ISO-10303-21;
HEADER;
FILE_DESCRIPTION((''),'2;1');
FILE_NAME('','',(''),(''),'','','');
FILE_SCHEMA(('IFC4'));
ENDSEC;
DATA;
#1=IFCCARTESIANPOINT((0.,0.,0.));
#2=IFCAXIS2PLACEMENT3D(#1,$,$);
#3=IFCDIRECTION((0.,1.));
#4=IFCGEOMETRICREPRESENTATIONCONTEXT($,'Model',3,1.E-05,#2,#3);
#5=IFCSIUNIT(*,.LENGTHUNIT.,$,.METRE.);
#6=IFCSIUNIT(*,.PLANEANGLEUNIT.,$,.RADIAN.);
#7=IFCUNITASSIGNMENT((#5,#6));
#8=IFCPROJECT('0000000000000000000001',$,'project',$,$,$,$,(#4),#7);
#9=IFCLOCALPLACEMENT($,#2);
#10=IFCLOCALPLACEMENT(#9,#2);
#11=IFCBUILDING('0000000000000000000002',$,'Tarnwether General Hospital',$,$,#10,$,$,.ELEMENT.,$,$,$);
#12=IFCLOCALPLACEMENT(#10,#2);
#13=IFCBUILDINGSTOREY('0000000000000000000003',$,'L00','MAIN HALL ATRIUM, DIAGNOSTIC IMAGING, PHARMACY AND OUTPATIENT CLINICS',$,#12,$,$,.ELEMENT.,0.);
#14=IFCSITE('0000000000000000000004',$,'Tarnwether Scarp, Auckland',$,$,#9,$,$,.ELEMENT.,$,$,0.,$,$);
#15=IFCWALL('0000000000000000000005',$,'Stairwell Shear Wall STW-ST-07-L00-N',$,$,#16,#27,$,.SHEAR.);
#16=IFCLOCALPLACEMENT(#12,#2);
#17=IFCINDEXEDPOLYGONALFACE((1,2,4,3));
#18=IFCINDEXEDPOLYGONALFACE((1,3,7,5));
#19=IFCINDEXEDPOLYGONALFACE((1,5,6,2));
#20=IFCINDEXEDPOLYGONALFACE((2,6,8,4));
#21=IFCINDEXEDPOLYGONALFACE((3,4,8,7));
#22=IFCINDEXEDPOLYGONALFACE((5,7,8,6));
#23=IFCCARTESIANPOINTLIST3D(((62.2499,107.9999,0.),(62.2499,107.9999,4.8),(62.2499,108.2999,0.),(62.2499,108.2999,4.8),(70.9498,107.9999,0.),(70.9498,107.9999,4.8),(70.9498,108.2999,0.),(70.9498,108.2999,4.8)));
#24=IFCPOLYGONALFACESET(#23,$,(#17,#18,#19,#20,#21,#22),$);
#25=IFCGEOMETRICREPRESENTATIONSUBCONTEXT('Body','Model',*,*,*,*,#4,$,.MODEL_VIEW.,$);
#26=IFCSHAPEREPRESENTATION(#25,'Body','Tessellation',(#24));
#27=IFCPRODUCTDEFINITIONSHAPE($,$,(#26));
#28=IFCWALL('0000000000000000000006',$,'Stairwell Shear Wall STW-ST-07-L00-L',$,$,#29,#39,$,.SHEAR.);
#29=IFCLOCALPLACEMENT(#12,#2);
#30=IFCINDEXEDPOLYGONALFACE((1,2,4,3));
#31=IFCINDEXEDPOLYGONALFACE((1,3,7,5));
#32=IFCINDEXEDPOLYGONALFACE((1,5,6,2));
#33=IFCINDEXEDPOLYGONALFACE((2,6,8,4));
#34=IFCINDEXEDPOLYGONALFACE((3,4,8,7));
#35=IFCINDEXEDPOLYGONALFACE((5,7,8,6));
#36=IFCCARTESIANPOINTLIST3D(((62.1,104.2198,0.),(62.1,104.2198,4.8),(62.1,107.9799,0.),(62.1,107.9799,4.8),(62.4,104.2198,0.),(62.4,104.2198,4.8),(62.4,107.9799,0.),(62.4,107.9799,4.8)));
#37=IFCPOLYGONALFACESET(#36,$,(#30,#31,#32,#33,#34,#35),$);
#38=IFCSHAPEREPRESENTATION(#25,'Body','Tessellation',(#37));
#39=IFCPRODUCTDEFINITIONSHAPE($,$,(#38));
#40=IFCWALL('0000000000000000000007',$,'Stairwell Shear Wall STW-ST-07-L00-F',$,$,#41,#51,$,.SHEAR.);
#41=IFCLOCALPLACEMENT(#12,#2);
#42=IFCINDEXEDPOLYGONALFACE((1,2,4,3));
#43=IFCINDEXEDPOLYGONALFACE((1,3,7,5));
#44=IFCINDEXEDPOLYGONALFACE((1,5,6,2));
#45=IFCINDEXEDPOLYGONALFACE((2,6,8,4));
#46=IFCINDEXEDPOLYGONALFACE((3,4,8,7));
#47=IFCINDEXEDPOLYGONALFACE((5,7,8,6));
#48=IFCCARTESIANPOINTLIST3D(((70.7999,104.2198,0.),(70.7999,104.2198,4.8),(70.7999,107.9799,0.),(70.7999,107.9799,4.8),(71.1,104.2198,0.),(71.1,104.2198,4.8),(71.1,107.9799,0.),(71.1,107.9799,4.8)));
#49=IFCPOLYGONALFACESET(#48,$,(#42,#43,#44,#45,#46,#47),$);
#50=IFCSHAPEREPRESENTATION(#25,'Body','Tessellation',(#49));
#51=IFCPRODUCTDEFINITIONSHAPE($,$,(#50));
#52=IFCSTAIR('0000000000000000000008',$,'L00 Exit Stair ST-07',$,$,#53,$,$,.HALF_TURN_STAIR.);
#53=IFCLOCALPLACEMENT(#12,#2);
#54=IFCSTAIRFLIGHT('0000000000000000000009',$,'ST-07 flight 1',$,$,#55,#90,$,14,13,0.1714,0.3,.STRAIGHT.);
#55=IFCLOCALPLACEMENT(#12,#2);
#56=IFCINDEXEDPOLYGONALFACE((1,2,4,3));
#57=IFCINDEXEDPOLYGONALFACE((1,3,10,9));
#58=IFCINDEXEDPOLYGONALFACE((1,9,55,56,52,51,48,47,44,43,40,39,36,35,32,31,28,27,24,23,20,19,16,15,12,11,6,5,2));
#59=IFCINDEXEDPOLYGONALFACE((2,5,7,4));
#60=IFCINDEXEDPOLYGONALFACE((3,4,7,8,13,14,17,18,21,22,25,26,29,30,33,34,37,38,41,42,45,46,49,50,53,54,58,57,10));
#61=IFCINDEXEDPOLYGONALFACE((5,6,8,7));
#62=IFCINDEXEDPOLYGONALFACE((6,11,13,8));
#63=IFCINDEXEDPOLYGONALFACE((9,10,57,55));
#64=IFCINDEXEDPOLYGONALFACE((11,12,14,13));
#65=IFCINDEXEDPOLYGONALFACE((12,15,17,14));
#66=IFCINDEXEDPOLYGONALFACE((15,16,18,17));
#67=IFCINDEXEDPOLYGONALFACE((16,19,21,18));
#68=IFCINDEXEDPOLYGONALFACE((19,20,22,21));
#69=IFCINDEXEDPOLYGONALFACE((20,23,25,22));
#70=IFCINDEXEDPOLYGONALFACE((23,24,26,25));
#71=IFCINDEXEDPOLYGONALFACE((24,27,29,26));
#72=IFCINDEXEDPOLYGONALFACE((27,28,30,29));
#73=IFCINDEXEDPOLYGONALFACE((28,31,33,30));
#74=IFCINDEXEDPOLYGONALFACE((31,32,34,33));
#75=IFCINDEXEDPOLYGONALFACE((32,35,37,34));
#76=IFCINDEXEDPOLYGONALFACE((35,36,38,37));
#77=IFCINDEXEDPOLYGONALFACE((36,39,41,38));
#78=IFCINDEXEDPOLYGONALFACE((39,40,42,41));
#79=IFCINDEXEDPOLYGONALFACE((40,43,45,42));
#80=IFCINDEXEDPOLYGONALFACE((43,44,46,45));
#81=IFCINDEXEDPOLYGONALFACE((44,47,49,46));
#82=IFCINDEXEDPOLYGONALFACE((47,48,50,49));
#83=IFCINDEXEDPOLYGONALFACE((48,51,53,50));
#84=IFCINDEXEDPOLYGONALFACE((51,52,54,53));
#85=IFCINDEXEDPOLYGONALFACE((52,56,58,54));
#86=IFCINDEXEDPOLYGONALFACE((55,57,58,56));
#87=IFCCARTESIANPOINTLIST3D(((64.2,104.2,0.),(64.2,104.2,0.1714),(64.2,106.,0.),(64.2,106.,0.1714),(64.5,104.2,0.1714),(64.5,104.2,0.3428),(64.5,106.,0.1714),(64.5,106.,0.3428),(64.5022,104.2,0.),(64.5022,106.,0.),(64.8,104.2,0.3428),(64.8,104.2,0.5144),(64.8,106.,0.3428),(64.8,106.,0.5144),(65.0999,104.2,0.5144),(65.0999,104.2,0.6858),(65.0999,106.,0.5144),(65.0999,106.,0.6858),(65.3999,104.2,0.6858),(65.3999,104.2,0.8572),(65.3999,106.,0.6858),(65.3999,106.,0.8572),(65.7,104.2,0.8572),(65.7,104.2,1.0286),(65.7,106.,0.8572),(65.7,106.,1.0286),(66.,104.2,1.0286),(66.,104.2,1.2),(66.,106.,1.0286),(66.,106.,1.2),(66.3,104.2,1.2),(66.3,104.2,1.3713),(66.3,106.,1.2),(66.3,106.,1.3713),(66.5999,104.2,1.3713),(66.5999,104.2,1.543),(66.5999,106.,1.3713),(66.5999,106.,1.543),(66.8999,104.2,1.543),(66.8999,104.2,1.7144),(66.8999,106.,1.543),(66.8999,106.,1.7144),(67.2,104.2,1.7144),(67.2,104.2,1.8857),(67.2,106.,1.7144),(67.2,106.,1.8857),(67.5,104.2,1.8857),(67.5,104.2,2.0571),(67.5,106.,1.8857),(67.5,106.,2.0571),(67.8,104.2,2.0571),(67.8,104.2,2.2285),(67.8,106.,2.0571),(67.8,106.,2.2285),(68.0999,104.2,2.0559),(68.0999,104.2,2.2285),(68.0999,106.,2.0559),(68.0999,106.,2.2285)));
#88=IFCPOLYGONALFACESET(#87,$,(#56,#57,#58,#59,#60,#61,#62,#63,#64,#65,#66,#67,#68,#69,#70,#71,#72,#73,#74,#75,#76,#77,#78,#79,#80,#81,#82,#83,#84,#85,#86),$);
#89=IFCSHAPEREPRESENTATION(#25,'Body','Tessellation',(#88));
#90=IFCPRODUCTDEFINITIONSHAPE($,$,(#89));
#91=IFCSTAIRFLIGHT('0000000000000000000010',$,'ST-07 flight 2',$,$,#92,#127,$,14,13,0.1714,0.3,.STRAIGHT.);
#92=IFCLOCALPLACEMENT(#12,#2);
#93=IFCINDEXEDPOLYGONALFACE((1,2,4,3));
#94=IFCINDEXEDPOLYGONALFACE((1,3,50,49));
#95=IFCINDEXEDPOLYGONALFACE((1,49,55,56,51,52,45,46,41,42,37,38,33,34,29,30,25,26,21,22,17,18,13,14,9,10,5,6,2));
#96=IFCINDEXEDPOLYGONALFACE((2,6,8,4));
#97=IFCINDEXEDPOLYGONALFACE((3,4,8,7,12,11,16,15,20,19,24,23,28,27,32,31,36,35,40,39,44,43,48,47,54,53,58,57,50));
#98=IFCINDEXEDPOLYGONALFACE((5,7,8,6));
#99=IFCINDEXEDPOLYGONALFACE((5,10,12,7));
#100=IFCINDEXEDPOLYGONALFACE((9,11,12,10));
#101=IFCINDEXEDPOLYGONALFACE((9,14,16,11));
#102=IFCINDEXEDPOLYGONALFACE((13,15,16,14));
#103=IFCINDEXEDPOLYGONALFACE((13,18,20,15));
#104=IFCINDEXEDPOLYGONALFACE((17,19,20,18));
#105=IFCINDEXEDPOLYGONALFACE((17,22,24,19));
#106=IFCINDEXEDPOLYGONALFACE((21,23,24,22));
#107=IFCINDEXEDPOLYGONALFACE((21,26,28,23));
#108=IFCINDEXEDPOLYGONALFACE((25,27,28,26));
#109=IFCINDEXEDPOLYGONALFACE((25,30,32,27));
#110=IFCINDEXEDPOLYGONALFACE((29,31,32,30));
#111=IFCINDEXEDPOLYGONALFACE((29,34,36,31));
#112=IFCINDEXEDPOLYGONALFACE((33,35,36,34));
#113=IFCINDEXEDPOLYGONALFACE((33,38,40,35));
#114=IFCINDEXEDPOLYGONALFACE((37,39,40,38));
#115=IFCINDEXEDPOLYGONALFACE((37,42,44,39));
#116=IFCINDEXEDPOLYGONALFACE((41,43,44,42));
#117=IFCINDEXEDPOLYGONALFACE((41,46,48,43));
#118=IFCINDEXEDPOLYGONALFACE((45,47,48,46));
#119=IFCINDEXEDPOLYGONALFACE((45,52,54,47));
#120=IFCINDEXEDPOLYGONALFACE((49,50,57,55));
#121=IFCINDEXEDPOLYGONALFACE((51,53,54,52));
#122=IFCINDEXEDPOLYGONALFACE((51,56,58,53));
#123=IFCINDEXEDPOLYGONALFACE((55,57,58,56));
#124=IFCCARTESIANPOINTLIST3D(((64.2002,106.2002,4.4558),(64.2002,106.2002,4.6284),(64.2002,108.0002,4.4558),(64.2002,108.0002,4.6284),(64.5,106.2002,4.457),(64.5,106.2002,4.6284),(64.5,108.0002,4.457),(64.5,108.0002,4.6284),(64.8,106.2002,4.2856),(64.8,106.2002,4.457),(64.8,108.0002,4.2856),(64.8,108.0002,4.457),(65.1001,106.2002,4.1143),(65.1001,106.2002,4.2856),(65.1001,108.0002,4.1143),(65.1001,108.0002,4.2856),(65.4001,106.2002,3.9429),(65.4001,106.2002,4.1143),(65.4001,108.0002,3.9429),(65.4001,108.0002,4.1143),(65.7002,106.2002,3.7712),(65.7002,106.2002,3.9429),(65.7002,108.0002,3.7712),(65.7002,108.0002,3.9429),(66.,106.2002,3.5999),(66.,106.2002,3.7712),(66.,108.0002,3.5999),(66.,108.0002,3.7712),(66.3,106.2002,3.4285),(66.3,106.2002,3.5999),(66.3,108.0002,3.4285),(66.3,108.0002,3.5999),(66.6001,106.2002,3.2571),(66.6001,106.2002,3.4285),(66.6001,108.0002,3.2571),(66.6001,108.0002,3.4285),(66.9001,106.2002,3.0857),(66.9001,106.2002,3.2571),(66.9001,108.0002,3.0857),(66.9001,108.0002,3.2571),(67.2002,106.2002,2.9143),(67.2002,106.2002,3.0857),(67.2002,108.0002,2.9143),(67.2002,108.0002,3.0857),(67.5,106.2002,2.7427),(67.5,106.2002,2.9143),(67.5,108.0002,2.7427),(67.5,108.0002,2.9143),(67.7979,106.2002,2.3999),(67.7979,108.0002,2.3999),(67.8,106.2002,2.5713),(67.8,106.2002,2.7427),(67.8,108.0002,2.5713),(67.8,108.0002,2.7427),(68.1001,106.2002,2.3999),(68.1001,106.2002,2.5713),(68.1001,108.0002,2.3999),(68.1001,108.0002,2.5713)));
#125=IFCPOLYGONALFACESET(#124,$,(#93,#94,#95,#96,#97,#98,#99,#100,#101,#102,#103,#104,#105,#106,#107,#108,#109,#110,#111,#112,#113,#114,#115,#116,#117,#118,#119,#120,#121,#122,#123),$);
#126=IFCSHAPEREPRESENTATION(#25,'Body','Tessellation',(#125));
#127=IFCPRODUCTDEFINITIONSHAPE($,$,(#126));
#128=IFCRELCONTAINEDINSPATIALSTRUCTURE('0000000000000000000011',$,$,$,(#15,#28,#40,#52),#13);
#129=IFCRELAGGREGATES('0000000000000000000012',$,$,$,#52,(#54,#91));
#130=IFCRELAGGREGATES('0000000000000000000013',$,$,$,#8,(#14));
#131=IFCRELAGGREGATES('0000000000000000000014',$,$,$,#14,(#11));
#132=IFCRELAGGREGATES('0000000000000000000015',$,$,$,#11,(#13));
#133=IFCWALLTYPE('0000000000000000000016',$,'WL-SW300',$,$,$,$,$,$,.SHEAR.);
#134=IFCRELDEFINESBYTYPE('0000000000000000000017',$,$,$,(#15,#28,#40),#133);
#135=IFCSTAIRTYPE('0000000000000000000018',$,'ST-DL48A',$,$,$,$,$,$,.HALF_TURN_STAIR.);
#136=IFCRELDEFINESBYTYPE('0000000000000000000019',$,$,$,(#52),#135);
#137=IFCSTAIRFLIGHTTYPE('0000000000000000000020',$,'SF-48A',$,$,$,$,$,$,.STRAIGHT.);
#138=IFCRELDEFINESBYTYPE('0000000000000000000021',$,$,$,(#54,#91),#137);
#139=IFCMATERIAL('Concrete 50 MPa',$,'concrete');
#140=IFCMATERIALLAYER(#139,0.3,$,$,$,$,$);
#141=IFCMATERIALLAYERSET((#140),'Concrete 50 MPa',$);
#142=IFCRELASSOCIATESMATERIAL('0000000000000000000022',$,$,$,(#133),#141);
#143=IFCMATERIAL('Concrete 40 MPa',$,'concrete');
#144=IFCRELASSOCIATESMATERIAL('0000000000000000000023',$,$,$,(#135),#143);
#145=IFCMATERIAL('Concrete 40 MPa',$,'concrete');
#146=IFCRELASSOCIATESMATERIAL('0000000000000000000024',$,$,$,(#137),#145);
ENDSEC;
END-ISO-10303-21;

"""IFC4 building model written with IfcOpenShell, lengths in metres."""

from ifc_helpers import new_model, si_unit, direction, frame, frame_2d, origin, place, context, subcontext, project, spatial, polyline, rectangle, outline, extrude, material, layer, layer_set, type_object, element, aggregate, save


model = new_model("IFC4")

# Units and contexts
model_context = context("Model", 3, precision=1e-05, world=origin(), true_north=direction((0.0, 1.0)))
body_context = subcontext(model_context, "Body", "Model", "MODEL_VIEW")
ifc_project = project(units=[si_unit("LENGTHUNIT", "METRE"), si_unit("PLANEANGLEUNIT", "RADIAN")], contexts=[model_context])

# Site, building, storey
site_placement = place(None, origin())
site = spatial("IfcSite", under=ifc_project, at=site_placement, Name="Tarnwether Scarp, Auckland", CompositionType="ELEMENT", RefElevation=0.0)
building_placement = place(site_placement, origin())
building = spatial("IfcBuilding", under=site, at=building_placement, Name="Tarnwether General Hospital", CompositionType="ELEMENT")
storey_placement = place(building_placement, origin())
storey = spatial("IfcBuildingStorey", under=building, at=storey_placement, Name="L00", Description="MAIN HALL ATRIUM, DIAGNOSTIC IMAGING, PHARMACY AND OUTPATIENT CLINICS", CompositionType="ELEMENT", Elevation=0.0)

# Shared definitions
ifc_material_1 = material(Name="Concrete 50 MPa", Category="concrete")
ifc_layer_1 = layer(ifc_material_1, 0.3)
ifc_layer_set_1 = layer_set([ifc_layer_1], Name="Concrete 50 MPa")
wall_type_1 = type_object("IfcWallType", Name="WL-SW300", PredefinedType="SHEAR", material=ifc_layer_set_1)

# Walls
wall_1_placement = place(storey_placement, frame((70.95, 108.1499, 0.0), z_axis=(0.0, 0.0, 1.0), x_axis=(-1.0, 0.0, 0.0)))
element("IfcWall", 1, at=wall_1_placement, inside=storey, type_object=wall_type_1, Name="Stairwell Shear Wall STW-ST-07-L00-N", PredefinedType="SHEAR", context=body_context, shape_type="SweptSolid", body=[
    extrude(rectangle(XDim=8.7, YDim=0.3, at=frame_2d((4.3501, 0.0))), origin(), (0.0, 0.0, 1.0), 4.8),
])
for number, where, z_axis, x_axis, name in (
    (2, (62.25, 104.22, 0.0), (0.0, 0.0, 1.0), (0.0, 1.0, 0.0), "Stairwell Shear Wall STW-ST-07-L00-L"),
    (3, (70.95, 104.22, 0.0), (0.0, 0.0, 1.0), (0.0, 1.0, 0.0), "Stairwell Shear Wall STW-ST-07-L00-F"),
):
    element("IfcWall", number, at=place(storey_placement, frame(where, z_axis=z_axis, x_axis=x_axis)), inside=storey, type_object=wall_type_1, Name=name, PredefinedType="SHEAR", context=body_context, shape_type="SweptSolid", body=[
        extrude(rectangle(XDim=3.76, YDim=0.3, at=frame_2d((1.8799, 0.0))), origin(), (0.0, 0.0, 1.0), 4.8),
    ])

# Stair, stair flights
ifc_material_2 = material(Name="Concrete 40 MPa", Category="concrete")
stair_type = type_object("IfcStairType", Name="ST-DL48A", PredefinedType="HALF_TURN_STAIR", material=ifc_material_2)
stair_placement = place(storey_placement, origin())
stair = element("IfcStair", 4, at=stair_placement, inside=storey, type_object=stair_type, Name="L00 Exit Stair ST-07", PredefinedType="HALF_TURN_STAIR")
ifc_material_3 = material(Name="Concrete 40 MPa", Category="concrete")
stair_flight_type = type_object("IfcStairFlightType", Name="SF-48A", PredefinedType="STRAIGHT", material=ifc_material_3)
stair_flight_1_placement = place(storey_placement, frame((64.2, 105.1001, 0.0), z_axis=(0.0, 0.0, 1.0), x_axis=(1.0, 0.0, 0.0)))
stair_flight_1 = element("IfcStairFlight", 5, at=stair_flight_1_placement, type_object=stair_flight_type, Name="ST-07 flight 1", NumberOfRisers=14, NumberOfTreads=13, PredefinedType="STRAIGHT", RiserHeight=0.1714, TreadLength=0.3, context=body_context, shape_type="SweptSolid", body=[
    extrude(outline(polyline([(0.0, 0.0), (0.0, 0.1714), (0.3, 0.1714), (0.3, 0.3428), (0.6001, 0.3428), (0.6001, 0.5144), (0.8999, 0.5144), (0.8999, 0.6858), (1.2, 0.6858), (1.2, 0.8572), (1.5, 0.8572), (1.5, 1.0286), (1.8, 1.0286), (1.8, 1.2), (2.1001, 1.2), (2.1001, 1.3713), (2.3999, 1.3713), (2.3999, 1.543), (2.7, 1.543), (2.7, 1.7144), (3.0, 1.7144), (3.0, 1.8857), (3.3, 1.8857), (3.3, 2.0571), (3.6001, 2.0571), (3.6001, 2.2285), (3.8999, 2.2285), (3.8999, 2.3999), (3.8999, 2.0559), (0.3022, 0.0), (0.0, 0.0)])), frame((0.0, 0.8999, 0.0), z_axis=(0.0, -1.0, 0.0), x_axis=(1.0, 0.0, 0.0)), (0.0, 0.0, 1.0), 1.8),
])
stair_flight_2_placement = place(storey_placement, frame((68.1001, 107.1001, 2.3999), z_axis=(0.0, 0.0, 1.0), x_axis=(-1.0, 0.0, 0.0)))
stair_flight_2 = element("IfcStairFlight", 6, at=stair_flight_2_placement, type_object=stair_flight_type, Name="ST-07 flight 2", NumberOfRisers=14, NumberOfTreads=13, PredefinedType="STRAIGHT", RiserHeight=0.1714, TreadLength=0.3, context=body_context, shape_type="SweptSolid", body=[
    extrude(outline(polyline([(0.0, 0.0), (0.0, 0.1714), (0.3, 0.1714), (0.3, 0.3428), (0.6001, 0.3428), (0.6001, 0.5144), (0.8999, 0.5144), (0.8999, 0.6858), (1.2, 0.6858), (1.2, 0.8572), (1.5, 0.8572), (1.5, 1.0286), (1.8, 1.0286), (1.8, 1.2), (2.1001, 1.2), (2.1001, 1.3713), (2.3999, 1.3713), (2.3999, 1.543), (2.7, 1.543), (2.7, 1.7144), (3.0, 1.7144), (3.0, 1.8857), (3.3, 1.8857), (3.3, 2.0571), (3.6001, 2.0571), (3.6001, 2.2285), (3.8999, 2.2285), (3.8999, 2.3999), (3.8999, 2.0559), (0.3022, 0.0), (0.0, 0.0)])), frame((0.0, 0.8999, 0.0), z_axis=(0.0, -1.0, 0.0), x_axis=(1.0, 0.0, 0.0)), (0.0, 0.0, 1.0), 1.8),
])
aggregate(stair, [stair_flight_1, stair_flight_2])

save(model, "model.ifc")
